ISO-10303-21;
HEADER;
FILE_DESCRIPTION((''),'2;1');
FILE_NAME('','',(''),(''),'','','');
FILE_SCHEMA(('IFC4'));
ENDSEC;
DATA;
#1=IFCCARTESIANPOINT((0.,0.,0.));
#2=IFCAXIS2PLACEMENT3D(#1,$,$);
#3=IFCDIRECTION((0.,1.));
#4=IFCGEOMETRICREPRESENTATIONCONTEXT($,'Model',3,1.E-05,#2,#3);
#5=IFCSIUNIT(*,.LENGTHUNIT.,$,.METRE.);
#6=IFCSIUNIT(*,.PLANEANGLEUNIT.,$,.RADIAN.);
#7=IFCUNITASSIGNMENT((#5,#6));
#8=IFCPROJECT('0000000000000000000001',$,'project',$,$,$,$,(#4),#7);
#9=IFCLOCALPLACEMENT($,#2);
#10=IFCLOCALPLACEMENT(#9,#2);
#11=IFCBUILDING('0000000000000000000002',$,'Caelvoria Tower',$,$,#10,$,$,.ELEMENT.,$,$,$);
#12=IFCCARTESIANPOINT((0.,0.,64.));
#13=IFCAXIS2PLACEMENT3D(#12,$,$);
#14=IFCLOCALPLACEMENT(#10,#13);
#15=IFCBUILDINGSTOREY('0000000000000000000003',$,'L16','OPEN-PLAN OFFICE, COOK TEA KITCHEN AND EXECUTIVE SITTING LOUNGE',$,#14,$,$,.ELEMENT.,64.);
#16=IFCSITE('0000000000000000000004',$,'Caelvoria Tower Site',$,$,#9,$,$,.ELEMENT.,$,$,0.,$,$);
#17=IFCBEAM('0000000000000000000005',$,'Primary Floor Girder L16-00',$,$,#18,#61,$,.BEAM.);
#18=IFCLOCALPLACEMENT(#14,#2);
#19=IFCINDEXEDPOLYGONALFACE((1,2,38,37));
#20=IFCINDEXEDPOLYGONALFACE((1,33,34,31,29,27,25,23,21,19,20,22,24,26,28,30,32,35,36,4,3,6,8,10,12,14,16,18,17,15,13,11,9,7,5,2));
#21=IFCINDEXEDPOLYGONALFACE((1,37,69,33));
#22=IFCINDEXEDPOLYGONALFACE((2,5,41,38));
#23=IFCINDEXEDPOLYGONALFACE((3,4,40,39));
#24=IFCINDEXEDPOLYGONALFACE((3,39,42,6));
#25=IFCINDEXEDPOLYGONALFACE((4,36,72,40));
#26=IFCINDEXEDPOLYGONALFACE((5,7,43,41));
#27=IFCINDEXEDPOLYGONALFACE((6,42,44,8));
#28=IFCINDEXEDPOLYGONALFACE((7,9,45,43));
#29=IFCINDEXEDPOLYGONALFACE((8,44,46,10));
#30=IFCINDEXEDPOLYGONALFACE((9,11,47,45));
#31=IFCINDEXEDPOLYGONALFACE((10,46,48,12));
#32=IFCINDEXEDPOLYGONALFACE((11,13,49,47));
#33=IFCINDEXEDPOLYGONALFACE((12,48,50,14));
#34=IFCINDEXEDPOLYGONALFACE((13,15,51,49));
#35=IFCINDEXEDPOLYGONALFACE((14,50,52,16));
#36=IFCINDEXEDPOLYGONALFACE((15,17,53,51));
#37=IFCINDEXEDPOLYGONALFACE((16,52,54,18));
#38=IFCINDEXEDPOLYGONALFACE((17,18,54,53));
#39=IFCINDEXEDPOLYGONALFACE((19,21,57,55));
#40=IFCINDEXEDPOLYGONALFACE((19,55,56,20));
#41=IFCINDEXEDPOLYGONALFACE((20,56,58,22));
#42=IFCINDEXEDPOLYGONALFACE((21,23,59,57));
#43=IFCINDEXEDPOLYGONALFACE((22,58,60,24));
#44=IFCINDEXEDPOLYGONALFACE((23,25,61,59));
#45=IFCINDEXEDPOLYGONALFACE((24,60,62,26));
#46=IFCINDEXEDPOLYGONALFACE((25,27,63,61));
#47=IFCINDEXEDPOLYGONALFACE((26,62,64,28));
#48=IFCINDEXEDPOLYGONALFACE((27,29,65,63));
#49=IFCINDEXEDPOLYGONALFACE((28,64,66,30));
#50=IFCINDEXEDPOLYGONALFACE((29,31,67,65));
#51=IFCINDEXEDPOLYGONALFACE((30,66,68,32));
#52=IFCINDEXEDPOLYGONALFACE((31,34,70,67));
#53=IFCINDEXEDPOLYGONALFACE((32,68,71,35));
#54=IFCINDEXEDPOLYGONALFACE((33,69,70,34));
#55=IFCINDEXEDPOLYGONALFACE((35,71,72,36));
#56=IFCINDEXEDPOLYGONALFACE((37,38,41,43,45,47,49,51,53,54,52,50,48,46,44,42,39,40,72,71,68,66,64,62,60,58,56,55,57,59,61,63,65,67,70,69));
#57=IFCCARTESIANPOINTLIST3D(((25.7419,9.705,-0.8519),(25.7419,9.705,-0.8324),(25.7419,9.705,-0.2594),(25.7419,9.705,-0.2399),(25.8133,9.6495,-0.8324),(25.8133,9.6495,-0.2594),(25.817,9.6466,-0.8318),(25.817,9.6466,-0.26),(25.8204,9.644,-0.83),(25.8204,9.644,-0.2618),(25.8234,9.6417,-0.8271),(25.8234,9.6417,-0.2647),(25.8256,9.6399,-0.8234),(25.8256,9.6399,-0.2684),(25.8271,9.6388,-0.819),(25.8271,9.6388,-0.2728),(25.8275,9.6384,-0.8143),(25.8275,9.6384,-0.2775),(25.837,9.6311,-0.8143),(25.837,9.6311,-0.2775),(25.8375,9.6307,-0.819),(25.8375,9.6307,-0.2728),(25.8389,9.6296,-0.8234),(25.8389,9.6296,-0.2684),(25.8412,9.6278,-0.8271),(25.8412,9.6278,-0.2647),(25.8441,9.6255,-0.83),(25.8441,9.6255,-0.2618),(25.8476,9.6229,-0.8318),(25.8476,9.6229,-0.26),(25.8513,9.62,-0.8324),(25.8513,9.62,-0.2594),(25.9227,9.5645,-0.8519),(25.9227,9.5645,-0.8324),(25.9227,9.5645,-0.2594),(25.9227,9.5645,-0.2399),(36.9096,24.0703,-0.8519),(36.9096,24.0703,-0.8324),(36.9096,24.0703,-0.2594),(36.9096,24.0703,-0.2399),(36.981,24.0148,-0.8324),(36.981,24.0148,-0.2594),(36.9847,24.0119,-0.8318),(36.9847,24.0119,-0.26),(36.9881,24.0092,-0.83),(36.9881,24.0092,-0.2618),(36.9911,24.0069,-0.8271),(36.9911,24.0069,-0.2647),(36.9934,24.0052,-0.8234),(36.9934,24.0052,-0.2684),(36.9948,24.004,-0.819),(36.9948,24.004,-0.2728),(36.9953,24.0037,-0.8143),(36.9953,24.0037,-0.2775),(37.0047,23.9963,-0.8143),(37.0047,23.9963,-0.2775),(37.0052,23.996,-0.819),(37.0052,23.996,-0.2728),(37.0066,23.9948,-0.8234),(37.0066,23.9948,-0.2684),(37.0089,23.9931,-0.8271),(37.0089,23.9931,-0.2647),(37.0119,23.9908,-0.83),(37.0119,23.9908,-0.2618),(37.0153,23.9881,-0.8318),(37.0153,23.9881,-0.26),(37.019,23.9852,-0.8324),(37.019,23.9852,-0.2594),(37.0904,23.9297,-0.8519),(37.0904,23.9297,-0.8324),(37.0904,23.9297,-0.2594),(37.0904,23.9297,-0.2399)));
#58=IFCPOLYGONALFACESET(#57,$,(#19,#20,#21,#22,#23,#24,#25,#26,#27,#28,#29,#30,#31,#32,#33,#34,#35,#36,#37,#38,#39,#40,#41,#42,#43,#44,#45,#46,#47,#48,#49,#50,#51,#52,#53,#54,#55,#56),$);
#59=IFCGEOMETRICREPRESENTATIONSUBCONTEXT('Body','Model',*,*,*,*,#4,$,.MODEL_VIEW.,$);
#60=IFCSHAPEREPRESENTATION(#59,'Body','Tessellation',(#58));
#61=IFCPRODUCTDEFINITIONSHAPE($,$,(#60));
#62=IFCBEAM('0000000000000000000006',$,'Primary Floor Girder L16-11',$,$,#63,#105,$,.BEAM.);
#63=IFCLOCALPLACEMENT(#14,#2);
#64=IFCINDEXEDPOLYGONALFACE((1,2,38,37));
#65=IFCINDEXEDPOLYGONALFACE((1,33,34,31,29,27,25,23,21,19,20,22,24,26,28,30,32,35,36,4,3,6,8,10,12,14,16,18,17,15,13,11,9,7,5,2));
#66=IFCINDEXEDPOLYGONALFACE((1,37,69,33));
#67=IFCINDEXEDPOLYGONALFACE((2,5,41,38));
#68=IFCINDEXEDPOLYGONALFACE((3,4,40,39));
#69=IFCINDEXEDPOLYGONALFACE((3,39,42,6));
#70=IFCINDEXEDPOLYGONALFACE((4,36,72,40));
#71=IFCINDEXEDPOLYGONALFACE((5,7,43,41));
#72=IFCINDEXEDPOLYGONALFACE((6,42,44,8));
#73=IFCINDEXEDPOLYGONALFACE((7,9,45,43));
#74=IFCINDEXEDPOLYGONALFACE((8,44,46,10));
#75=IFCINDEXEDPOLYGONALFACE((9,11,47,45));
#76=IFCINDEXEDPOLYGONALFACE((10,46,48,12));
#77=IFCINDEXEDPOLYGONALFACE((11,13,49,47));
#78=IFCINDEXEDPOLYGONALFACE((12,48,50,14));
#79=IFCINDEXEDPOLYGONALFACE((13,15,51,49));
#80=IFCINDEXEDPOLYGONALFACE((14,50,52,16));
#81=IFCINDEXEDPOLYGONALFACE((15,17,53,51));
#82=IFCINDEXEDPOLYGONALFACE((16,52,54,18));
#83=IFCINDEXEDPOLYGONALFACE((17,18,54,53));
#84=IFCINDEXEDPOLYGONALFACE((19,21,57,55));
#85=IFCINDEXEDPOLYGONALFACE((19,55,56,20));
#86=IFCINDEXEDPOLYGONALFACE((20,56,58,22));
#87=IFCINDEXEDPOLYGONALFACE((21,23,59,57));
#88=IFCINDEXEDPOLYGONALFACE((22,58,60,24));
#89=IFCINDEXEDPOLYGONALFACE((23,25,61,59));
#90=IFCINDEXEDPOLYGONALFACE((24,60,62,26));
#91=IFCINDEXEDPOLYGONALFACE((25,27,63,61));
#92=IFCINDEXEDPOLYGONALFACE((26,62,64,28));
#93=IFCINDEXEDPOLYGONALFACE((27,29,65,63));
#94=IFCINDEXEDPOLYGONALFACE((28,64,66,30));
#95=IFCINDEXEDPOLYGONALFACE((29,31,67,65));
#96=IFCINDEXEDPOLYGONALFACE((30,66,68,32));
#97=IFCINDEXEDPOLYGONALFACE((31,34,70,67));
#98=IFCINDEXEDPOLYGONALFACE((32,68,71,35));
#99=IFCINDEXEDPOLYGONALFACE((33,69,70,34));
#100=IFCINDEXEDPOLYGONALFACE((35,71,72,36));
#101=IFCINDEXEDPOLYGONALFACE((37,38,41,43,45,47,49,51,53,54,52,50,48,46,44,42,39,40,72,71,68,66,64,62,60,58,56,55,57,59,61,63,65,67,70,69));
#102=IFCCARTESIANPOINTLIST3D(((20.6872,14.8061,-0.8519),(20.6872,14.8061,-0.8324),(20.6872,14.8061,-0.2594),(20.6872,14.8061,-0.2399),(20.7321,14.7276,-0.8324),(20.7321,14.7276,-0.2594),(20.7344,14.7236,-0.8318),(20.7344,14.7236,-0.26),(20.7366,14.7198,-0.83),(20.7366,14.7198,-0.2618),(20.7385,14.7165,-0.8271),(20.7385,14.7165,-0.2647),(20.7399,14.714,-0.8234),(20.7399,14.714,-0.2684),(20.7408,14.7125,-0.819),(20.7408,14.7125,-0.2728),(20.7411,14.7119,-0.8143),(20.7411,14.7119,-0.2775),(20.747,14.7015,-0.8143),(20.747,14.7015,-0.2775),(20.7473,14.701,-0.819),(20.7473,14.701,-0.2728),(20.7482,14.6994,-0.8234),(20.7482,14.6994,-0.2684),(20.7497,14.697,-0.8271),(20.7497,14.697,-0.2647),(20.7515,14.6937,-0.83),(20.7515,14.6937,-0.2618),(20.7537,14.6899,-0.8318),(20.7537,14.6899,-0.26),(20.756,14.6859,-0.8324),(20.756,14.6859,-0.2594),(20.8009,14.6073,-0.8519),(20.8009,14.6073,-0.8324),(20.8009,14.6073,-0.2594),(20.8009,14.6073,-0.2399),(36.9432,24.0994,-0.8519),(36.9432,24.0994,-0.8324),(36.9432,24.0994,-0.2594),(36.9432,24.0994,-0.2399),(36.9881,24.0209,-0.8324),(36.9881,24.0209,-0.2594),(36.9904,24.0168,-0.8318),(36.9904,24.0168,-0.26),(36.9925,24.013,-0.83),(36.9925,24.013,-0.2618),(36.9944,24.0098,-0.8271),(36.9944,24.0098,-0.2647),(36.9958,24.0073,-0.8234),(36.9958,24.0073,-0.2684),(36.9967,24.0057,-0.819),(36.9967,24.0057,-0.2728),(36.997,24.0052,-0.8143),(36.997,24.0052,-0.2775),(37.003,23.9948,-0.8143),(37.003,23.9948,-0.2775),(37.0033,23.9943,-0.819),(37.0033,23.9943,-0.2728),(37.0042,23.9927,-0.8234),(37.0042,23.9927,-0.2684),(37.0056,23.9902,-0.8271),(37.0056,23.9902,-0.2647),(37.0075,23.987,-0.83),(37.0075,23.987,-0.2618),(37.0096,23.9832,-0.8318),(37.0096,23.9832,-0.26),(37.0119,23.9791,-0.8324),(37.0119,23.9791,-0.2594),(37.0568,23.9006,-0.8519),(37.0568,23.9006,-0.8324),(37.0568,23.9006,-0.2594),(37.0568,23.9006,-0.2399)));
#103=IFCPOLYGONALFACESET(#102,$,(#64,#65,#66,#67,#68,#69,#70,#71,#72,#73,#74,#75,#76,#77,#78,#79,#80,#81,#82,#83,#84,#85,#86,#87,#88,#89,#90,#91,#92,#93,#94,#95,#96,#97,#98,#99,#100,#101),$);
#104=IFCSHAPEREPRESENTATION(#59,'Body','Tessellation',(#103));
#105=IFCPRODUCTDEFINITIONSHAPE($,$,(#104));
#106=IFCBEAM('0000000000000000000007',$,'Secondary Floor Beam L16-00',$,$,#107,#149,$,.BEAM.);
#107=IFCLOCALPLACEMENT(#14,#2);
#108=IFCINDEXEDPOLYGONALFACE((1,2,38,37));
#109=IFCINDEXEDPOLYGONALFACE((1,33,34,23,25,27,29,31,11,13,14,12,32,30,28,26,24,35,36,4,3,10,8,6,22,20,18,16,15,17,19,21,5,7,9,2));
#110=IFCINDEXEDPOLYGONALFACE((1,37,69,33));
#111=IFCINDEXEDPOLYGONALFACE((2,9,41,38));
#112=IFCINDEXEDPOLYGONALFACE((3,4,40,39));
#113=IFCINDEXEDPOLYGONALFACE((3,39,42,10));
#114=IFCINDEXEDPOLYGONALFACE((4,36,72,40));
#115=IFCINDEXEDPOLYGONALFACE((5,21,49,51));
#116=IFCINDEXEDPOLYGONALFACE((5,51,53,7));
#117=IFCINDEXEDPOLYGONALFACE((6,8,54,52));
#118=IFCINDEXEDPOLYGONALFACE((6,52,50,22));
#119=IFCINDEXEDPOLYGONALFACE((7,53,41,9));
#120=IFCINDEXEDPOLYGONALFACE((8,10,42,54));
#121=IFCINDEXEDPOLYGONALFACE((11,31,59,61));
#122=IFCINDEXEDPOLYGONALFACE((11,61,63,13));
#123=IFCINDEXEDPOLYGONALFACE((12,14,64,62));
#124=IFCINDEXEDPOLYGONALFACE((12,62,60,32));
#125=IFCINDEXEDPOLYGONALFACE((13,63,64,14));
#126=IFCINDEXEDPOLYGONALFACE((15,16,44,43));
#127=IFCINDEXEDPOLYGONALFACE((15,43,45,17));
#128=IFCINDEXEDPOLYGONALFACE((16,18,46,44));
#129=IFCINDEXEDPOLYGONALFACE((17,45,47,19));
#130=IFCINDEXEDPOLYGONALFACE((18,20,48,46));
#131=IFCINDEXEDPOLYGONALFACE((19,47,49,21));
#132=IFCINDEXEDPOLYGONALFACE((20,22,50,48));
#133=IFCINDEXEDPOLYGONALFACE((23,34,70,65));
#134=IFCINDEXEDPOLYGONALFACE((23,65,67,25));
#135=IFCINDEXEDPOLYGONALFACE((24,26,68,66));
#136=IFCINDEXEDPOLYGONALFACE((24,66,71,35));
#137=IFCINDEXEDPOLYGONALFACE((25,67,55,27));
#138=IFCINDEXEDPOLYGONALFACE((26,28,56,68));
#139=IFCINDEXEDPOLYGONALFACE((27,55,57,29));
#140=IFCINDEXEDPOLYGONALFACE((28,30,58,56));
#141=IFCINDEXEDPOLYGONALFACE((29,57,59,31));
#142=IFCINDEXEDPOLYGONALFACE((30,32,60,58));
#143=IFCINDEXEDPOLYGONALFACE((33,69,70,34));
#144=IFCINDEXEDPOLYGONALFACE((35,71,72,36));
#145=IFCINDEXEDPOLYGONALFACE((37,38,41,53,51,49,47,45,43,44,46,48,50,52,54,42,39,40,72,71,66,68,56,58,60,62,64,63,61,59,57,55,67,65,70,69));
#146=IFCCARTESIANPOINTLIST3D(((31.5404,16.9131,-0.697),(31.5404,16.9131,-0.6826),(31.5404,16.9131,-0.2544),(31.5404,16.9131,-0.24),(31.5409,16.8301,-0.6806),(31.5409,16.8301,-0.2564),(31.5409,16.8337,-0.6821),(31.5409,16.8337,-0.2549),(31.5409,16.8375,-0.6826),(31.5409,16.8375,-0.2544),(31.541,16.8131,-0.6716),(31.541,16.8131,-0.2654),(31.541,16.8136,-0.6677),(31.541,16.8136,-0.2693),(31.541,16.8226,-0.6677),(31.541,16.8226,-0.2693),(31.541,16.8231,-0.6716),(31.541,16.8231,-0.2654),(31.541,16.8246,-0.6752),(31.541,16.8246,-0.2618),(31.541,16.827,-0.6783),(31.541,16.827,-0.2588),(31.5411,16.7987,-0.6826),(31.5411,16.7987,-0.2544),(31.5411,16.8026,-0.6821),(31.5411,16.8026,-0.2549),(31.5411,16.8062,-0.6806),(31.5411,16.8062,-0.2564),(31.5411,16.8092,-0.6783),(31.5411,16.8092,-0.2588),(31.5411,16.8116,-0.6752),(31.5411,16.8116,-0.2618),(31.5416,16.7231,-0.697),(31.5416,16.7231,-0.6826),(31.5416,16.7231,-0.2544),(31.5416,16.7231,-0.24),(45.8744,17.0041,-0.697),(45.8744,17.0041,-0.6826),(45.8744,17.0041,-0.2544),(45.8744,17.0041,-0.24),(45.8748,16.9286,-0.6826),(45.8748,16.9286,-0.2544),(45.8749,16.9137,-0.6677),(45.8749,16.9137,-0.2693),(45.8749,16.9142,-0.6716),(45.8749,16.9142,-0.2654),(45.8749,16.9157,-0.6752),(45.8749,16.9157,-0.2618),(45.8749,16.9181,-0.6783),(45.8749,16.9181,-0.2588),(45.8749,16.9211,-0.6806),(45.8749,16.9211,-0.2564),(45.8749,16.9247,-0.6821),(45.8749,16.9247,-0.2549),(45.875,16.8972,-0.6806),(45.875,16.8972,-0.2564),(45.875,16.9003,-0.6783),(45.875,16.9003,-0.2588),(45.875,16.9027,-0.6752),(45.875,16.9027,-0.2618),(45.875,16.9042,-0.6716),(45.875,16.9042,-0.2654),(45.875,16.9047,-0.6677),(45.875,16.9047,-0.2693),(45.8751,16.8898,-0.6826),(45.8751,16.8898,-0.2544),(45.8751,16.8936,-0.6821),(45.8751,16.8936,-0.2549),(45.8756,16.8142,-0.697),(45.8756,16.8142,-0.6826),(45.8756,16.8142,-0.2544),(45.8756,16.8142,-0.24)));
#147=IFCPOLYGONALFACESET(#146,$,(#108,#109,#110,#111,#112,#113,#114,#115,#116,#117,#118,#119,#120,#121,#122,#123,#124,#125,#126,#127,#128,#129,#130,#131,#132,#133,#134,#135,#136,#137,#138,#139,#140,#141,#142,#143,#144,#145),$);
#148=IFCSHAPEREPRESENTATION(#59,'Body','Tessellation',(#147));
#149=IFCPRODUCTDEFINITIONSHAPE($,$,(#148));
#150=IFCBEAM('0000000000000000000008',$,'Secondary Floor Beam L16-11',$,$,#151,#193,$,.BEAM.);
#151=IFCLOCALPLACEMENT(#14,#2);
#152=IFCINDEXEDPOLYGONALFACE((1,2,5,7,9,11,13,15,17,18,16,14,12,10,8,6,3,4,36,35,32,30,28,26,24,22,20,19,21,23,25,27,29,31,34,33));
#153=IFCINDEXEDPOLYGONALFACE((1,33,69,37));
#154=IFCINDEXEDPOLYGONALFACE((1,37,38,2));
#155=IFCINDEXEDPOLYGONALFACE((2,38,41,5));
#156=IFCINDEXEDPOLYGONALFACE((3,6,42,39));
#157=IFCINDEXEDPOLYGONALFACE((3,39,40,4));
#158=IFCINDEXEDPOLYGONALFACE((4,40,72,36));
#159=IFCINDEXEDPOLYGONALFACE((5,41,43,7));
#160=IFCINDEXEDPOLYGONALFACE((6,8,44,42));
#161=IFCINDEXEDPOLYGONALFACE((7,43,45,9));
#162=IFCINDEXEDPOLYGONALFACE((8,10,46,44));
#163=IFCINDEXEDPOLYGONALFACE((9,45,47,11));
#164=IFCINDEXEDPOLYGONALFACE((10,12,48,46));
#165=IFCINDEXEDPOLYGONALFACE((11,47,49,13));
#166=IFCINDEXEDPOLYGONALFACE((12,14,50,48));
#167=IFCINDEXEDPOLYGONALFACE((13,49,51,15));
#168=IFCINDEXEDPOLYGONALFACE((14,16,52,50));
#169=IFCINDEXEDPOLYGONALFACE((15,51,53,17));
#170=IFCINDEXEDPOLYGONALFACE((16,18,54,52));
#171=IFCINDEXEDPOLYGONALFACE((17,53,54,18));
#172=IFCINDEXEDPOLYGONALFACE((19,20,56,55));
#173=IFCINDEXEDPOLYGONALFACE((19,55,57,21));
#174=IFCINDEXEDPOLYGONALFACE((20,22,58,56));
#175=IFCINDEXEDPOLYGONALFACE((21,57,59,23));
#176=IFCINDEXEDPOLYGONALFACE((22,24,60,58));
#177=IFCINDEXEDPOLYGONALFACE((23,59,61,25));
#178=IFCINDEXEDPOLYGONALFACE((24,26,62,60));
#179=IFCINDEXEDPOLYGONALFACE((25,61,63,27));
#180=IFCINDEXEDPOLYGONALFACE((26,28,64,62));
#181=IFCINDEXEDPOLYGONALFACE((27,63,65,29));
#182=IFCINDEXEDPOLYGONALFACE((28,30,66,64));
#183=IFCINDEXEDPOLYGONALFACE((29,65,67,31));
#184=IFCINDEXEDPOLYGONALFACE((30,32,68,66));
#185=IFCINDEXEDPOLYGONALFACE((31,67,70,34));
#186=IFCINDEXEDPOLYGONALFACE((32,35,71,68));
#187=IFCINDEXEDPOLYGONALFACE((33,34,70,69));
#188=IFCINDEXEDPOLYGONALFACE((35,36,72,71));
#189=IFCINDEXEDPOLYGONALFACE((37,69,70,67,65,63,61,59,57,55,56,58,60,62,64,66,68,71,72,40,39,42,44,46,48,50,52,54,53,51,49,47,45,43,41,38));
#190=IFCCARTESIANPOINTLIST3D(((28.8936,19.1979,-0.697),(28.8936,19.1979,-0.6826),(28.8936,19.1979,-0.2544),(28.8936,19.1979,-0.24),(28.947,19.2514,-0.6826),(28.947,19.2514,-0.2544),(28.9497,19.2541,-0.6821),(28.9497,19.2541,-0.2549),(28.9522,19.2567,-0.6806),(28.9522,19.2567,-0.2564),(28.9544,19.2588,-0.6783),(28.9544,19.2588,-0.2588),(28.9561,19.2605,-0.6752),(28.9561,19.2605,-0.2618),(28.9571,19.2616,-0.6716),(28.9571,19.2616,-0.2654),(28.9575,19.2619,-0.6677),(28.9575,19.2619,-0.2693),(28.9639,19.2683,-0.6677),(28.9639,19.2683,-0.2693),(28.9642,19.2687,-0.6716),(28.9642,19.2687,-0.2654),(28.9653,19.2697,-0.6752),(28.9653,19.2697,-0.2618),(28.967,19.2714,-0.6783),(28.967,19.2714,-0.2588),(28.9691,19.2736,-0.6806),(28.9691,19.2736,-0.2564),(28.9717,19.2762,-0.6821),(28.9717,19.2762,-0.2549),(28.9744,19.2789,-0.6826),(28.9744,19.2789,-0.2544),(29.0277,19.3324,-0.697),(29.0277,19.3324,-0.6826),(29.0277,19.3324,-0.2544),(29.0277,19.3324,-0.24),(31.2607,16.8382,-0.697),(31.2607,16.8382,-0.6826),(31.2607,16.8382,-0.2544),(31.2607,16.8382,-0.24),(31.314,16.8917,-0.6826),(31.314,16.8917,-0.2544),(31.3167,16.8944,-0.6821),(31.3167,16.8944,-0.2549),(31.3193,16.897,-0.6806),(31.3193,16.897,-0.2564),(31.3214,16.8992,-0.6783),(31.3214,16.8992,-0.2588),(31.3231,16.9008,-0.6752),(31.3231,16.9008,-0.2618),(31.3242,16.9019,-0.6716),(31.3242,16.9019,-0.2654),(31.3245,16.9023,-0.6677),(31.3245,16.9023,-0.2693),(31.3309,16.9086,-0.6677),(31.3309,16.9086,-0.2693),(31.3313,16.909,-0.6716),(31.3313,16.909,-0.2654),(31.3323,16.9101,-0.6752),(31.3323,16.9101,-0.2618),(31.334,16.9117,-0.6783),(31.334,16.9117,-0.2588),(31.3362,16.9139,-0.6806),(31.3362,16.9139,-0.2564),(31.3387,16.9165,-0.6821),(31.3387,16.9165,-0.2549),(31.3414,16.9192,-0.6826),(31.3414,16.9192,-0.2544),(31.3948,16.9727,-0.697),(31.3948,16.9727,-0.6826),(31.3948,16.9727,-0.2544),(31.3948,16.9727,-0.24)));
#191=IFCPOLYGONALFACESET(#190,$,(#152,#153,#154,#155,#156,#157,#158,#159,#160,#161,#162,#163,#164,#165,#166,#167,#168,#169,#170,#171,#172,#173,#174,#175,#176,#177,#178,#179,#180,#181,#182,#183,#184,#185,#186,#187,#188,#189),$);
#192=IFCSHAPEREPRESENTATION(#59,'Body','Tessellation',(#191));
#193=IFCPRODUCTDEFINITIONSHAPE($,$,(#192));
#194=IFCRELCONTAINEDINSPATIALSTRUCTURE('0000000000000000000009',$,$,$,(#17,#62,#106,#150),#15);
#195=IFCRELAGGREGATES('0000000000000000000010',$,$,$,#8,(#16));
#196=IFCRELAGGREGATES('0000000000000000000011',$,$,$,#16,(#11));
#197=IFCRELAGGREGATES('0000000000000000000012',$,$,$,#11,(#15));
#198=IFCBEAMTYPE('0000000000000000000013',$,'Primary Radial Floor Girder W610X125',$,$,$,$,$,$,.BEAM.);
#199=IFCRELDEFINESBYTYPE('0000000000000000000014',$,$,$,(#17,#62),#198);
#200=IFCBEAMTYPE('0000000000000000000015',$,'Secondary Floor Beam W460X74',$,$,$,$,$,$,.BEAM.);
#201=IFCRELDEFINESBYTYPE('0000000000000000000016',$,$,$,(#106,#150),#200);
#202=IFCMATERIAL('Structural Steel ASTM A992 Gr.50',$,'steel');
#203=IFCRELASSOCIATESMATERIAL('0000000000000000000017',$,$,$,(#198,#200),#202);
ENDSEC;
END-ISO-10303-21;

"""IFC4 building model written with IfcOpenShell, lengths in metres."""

from ifc_helpers import new_model, si_unit, direction, frame, origin, origin_2d, place, context, subcontext, project, spatial, i_section, extrude, material, material_profile, profile_set, type_object, element, save


model = new_model("IFC4")

# Units and contexts
model_context = context("Model", 3, precision=1e-05, world=origin(), true_north=direction((0.0, 1.0)))
body_context = subcontext(model_context, "Body", "Model", "MODEL_VIEW")
ifc_project = project(units=[si_unit("LENGTHUNIT", "METRE"), si_unit("PLANEANGLEUNIT", "RADIAN")], contexts=[model_context])

# Site, building, storey
site_placement = place(None, origin())
site = spatial("IfcSite", under=ifc_project, at=site_placement, Name="Caelvoria Tower Site", CompositionType="ELEMENT", RefElevation=0.0)
building_placement = place(site_placement, origin())
building = spatial("IfcBuilding", under=site, at=building_placement, Name="Caelvoria Tower", CompositionType="ELEMENT")
storey_placement = place(building_placement, frame((0.0, 0.0, 64.0)))
storey = spatial("IfcBuildingStorey", under=building, at=storey_placement, Name="L16", Description="OPEN-PLAN OFFICE, COOK TEA KITCHEN AND EXECUTIVE SITTING LOUNGE", CompositionType="ELEMENT", Elevation=64.0)

# Beams
ifc_material_1 = material(Name="Structural Steel ASTM A992 Gr.50", Category="steel")
ifc_material_profile_1 = material_profile(ifc_material_1, i_section(OverallWidth=0.229, OverallDepth=0.6121, WebThickness=0.012, FlangeThickness=0.0195, FilletRadius=0.0181, at=origin_2d()), Name="Structural Steel ASTM A992 Gr.50")
ifc_profile_set_1 = profile_set([ifc_material_profile_1], Name="W610X125 - Structural Steel ASTM A992 Gr.50")
beam_type_1 = type_object("IfcBeamType", Name="Primary Radial Floor Girder W610X125", PredefinedType="BEAM", material=ifc_profile_set_1)
beam_1_placement = place(storey_placement, frame((37.0, 24.0, -0.5459), z_axis=(-0.613761, -0.789492, 0.0), x_axis=(0.789492, -0.613761, 0.0)))
element("IfcBeam", 1, at=beam_1_placement, inside=storey, type_object=beam_type_1, Name="Primary Floor Girder L16-00", PredefinedType="BEAM", context=body_context, shape_type="SweptSolid", body=[
    extrude(i_section(OverallWidth=0.229, OverallDepth=0.6121, WebThickness=0.012, FlangeThickness=0.0195, FilletRadius=0.0181, at=origin_2d()), origin(), (0.0, 0.0, 1.0), 18.1956),
])
beam_2_placement = place(storey_placement, frame((37.0, 24.0, -0.5459), z_axis=(-0.868148, -0.496306, 0.0), x_axis=(0.496306, -0.868148, 0.0)))
element("IfcBeam", 2, at=beam_2_placement, inside=storey, type_object=beam_type_1, Name="Primary Floor Girder L16-11", PredefinedType="BEAM", context=body_context, shape_type="SweptSolid", body=[
    extrude(i_section(OverallWidth=0.229, OverallDepth=0.6121, WebThickness=0.012, FlangeThickness=0.0195, FilletRadius=0.0181, at=origin_2d()), origin(), (0.0, 0.0, 1.0), 18.7249),
])
ifc_material_profile_2 = material_profile(ifc_material_1, i_section(OverallWidth=0.1899, OverallDepth=0.457, WebThickness=0.009, FlangeThickness=0.0144, FilletRadius=0.0149, at=origin_2d()), Name="Structural Steel ASTM A992 Gr.50")
ifc_profile_set_2 = profile_set([ifc_material_profile_2], Name="W460X74 - Structural Steel ASTM A992 Gr.50")
beam_type_2 = type_object("IfcBeamType", Name="Secondary Floor Beam W460X74", PredefinedType="BEAM", material=ifc_profile_set_2)
beam_3_placement = place(storey_placement, frame((31.541, 16.8181, -0.4685), z_axis=(0.99998, 0.006353, 0.0), x_axis=(-0.006353, 0.99998, 0.0)))
element("IfcBeam", 3, at=beam_3_placement, inside=storey, type_object=beam_type_2, Name="Secondary Floor Beam L16-00", PredefinedType="BEAM", context=body_context, shape_type="SweptSolid", body=[
    extrude(i_section(OverallWidth=0.1899, OverallDepth=0.457, WebThickness=0.009, FlangeThickness=0.0144, FilletRadius=0.0149, at=origin_2d()), origin(), (0.0, 0.0, 1.0), 14.3342),
])
beam_4_placement = place(storey_placement, frame((28.9607, 19.2651, -0.4685), z_axis=(0.708202, -0.70601, 0.0), x_axis=(0.70601, 0.708202, 0.0)))
element("IfcBeam", 4, at=beam_4_placement, inside=storey, type_object=beam_type_2, Name="Secondary Floor Beam L16-11", PredefinedType="BEAM", context=body_context, shape_type="SweptSolid", body=[
    extrude(i_section(OverallWidth=0.1899, OverallDepth=0.457, WebThickness=0.009, FlangeThickness=0.0144, FilletRadius=0.0149, at=origin_2d()), origin(), (0.0, 0.0, 1.0), 3.3423),
])

save(model, "model.ifc")
